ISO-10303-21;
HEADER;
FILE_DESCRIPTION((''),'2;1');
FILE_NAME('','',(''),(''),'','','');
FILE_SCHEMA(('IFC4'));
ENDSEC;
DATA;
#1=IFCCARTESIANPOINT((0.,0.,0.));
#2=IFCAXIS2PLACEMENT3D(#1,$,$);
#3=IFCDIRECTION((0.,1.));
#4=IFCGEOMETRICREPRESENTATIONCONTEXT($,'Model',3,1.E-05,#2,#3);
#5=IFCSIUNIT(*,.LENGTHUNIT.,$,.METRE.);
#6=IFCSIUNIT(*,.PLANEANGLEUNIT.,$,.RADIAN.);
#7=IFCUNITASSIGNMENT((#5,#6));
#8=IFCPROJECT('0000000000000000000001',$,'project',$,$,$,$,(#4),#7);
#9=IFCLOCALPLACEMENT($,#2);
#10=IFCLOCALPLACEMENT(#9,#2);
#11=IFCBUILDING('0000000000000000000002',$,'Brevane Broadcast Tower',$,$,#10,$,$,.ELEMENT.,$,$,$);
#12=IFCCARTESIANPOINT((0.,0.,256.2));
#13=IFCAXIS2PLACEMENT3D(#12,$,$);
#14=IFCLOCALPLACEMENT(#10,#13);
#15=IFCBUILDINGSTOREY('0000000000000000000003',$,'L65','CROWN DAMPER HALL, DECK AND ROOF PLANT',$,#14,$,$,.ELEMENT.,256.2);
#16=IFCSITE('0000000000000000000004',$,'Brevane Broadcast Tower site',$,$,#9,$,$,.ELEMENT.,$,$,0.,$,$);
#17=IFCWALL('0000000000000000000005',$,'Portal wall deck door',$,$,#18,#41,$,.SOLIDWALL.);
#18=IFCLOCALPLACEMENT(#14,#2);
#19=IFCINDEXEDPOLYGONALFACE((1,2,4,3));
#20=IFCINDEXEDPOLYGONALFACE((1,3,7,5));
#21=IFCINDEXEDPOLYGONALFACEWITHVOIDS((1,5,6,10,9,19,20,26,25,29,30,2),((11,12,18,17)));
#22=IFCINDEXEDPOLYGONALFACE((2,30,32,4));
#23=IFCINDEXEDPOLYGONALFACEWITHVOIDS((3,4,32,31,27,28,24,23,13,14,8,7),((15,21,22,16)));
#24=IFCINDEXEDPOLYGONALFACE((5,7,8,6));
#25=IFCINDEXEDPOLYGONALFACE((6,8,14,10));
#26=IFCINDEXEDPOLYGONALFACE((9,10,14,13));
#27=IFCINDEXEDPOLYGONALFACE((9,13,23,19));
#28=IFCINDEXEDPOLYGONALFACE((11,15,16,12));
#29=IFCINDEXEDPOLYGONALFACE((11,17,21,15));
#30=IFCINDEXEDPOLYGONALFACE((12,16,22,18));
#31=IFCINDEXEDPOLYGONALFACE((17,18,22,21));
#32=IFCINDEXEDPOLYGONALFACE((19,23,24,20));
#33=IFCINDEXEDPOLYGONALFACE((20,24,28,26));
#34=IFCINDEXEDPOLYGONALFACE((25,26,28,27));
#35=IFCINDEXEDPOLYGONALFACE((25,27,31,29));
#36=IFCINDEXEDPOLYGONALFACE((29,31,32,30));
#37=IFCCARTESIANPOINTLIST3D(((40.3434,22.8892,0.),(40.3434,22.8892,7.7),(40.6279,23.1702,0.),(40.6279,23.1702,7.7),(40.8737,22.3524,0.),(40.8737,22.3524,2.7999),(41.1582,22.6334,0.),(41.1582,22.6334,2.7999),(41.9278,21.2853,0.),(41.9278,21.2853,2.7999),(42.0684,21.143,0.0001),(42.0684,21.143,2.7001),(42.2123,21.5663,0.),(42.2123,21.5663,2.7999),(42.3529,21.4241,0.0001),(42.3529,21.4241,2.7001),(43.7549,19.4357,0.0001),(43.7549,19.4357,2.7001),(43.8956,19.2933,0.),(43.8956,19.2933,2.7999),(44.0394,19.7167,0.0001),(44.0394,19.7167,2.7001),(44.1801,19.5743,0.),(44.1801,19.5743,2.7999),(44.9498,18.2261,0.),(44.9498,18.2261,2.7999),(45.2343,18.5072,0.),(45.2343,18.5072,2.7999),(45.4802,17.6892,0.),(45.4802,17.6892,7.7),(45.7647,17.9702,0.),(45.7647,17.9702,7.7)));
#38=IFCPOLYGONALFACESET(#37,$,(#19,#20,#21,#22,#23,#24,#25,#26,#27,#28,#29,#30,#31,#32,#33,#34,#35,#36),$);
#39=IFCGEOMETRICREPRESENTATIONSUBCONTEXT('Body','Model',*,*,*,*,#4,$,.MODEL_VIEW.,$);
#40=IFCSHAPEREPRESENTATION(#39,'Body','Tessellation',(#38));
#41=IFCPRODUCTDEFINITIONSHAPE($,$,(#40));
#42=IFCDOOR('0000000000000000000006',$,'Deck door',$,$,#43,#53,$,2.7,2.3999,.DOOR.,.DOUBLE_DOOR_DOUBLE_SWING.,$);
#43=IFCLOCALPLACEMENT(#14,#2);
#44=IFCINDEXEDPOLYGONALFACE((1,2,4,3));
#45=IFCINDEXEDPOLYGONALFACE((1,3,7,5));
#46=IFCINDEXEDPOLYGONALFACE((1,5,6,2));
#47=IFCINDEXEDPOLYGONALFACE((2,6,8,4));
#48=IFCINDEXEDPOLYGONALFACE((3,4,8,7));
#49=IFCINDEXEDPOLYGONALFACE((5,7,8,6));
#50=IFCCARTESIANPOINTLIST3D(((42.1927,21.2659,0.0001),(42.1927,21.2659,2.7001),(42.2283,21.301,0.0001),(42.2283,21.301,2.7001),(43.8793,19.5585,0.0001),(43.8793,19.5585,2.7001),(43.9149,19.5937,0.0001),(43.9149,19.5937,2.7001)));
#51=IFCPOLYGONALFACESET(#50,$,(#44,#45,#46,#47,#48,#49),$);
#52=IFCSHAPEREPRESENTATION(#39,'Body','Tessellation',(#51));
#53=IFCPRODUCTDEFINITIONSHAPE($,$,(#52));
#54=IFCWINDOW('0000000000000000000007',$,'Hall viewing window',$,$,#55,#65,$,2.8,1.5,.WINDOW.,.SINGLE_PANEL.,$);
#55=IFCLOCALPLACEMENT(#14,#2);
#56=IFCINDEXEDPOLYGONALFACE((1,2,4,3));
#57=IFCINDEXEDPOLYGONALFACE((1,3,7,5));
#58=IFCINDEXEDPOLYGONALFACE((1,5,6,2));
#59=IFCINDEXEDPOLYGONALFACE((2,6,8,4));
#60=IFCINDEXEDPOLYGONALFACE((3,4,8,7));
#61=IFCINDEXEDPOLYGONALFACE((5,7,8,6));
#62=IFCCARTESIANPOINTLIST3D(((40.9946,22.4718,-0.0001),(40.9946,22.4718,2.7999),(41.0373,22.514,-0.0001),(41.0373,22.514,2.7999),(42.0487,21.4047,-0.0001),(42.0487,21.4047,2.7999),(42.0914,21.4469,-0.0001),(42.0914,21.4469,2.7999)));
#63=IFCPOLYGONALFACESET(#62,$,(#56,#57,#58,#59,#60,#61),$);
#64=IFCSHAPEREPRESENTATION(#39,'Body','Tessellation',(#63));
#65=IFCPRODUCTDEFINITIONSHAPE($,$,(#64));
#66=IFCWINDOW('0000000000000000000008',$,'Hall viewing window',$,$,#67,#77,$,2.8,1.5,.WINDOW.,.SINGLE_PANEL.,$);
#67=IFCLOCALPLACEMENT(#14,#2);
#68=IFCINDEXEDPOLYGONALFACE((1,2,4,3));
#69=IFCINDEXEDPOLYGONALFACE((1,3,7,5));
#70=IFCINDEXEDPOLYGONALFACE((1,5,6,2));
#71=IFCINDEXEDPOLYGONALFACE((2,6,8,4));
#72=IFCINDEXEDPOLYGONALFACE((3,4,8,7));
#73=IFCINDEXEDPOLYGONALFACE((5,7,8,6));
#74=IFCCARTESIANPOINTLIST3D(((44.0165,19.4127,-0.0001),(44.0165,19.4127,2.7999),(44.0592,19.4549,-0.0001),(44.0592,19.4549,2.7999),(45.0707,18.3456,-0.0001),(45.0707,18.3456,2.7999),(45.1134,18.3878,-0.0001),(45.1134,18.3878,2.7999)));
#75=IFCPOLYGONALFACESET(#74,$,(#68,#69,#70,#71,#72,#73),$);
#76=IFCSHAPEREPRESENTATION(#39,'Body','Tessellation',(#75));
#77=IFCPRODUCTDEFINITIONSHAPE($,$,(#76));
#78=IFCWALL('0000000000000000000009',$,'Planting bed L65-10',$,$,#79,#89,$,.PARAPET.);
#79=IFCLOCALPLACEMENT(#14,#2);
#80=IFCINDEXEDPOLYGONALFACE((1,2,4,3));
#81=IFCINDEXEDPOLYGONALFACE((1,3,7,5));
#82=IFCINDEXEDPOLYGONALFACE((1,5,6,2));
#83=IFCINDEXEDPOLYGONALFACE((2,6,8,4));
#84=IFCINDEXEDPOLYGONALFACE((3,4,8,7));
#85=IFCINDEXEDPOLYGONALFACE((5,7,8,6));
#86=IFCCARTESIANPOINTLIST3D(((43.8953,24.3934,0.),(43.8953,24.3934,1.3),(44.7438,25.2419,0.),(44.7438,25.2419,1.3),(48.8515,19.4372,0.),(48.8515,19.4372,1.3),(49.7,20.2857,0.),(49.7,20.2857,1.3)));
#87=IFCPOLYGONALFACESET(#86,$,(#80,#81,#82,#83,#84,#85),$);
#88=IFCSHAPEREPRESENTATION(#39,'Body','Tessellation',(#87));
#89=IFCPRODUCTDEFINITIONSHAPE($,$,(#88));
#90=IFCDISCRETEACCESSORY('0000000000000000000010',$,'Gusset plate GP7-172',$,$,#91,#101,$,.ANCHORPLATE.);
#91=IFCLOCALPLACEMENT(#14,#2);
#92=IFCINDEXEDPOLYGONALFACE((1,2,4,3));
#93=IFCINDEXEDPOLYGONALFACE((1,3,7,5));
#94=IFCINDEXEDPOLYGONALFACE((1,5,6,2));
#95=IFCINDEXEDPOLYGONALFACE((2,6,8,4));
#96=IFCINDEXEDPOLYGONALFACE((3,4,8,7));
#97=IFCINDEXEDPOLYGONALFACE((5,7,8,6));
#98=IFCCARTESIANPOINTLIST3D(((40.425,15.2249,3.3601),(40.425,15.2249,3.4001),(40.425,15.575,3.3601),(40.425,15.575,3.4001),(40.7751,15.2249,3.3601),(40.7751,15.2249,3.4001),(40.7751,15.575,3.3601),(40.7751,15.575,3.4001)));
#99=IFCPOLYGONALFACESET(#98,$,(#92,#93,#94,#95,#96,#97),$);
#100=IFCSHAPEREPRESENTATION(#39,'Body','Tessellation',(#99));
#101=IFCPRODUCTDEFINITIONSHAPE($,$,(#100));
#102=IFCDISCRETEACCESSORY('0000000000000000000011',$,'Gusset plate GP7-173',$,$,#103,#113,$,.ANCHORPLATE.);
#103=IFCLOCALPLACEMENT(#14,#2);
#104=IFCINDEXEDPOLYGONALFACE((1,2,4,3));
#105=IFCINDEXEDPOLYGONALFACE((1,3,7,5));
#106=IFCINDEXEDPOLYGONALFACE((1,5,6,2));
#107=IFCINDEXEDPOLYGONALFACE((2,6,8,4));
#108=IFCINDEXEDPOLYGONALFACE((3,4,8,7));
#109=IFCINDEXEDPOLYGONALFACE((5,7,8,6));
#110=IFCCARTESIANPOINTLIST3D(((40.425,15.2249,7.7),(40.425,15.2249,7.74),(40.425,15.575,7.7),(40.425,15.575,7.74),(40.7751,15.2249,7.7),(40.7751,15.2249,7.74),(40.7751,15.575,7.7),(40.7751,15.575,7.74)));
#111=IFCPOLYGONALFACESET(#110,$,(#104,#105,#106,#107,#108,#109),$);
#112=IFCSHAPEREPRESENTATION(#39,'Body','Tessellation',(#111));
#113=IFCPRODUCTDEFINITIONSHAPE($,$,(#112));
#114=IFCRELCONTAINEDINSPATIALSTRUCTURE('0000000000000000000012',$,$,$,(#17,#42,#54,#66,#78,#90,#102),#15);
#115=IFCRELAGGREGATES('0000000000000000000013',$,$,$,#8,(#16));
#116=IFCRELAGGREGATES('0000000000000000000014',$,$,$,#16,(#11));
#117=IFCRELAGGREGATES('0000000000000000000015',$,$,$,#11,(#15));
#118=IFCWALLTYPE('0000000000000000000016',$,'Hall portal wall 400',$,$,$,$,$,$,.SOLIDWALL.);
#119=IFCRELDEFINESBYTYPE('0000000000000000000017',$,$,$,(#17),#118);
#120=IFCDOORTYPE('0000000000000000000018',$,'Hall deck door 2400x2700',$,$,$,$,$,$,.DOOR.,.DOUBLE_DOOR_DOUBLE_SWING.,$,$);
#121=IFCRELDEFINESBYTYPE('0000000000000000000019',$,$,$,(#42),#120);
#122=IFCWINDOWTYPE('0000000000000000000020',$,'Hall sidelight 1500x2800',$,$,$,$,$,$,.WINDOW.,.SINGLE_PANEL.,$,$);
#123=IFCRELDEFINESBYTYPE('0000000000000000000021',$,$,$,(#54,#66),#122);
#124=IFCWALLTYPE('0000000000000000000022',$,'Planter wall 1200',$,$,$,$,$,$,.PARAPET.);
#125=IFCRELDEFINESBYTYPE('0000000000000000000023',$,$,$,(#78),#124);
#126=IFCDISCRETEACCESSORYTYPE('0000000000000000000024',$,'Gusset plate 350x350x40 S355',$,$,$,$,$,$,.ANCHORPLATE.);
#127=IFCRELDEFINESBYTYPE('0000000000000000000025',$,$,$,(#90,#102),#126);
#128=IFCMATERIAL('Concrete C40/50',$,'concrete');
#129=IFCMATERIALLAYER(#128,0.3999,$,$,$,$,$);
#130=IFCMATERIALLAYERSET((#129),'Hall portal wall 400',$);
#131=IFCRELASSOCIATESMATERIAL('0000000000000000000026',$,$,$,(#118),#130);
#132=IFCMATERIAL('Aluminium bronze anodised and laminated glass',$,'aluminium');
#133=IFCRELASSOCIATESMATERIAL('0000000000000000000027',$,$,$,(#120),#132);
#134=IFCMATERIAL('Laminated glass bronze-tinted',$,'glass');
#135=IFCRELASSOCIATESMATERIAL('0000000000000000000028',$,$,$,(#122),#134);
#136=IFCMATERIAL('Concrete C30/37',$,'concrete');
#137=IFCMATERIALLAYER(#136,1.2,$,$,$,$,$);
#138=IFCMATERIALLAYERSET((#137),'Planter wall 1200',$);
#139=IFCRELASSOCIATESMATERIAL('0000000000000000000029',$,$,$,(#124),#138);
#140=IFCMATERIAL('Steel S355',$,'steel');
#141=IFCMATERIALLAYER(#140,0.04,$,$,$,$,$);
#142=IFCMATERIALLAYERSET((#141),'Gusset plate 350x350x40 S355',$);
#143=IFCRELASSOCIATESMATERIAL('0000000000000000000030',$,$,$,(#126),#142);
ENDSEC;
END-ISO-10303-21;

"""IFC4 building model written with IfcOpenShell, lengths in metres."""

from ifc_helpers import new_model, si_unit, direction, frame, frame_2d, origin, origin_2d, place, context, subcontext, project, spatial, rectangle, extrude, material, layer, layer_set, type_object, element, fill, save


model = new_model("IFC4")

# Units and contexts
model_context = context("Model", 3, precision=1e-05, world=origin(), true_north=direction((0.0, 1.0)))
body_context = subcontext(model_context, "Body", "Model", "MODEL_VIEW")
ifc_project = project(units=[si_unit("LENGTHUNIT", "METRE"), si_unit("PLANEANGLEUNIT", "RADIAN")], contexts=[model_context])

# Site, building, storey
site_placement = place(None, origin())
site = spatial("IfcSite", under=ifc_project, at=site_placement, Name="Brevane Broadcast Tower site", CompositionType="ELEMENT", RefElevation=0.0)
building_placement = place(site_placement, origin())
building = spatial("IfcBuilding", under=site, at=building_placement, Name="Brevane Broadcast Tower", CompositionType="ELEMENT")
storey_placement = place(building_placement, frame((0.0, 0.0, 256.2)))
storey = spatial("IfcBuildingStorey", under=building, at=storey_placement, Name="L65", Description="CROWN DAMPER HALL, DECK AND ROOF PLANT", CompositionType="ELEMENT", Elevation=256.2)

# Shared definitions
ifc_material_1 = material(Name="Steel S355", Category="steel")

# Shared definitions
ifc_material_2 = material(Name="Laminated glass bronze-tinted", Category="glass")

# Wall, openings, door, windows
ifc_material_3 = material(Name="Concrete C40/50", Category="concrete")
ifc_layer_1 = layer(ifc_material_3, 0.3999)
ifc_layer_set_1 = layer_set([ifc_layer_1], Name="Hall portal wall 400")
wall_type_1 = type_object("IfcWallType", Name="Hall portal wall 400", PredefinedType="SOLIDWALL", material=ifc_layer_set_1)
wall_1_placement = place(storey_placement, frame((40.4856, 23.0298, 0.0), z_axis=(0.0, 0.0, 1.0), x_axis=(0.702768, -0.711419, 0.0)))
wall_1 = element("IfcWall", 1, at=wall_1_placement, inside=storey, type_object=wall_type_1, Name="Portal wall deck door", PredefinedType="SOLIDWALL", context=body_context, shape_type="SweptSolid", body=[
    extrude(rectangle(XDim=7.3093, YDim=0.3999, at=frame_2d((3.6548, 0.0))), origin(), (0.0, 0.0, 1.0), 7.7),
])
opening_1_placement = place(wall_1_placement, frame((2.4546, 0.0, 0.0)))
opening_1 = element("IfcOpeningElement", 2, at=opening_1_placement, cuts=wall_1, PredefinedType="OPENING", context=body_context, shape_type="SweptSolid", body=[
    extrude(rectangle(XDim=2.3999, YDim=2.7, at=frame_2d((1.2, 1.3501))), frame((0.0, 0.21, 0.0), z_axis=(0.0, -1.0, 0.0), x_axis=(1.0, 0.0, 0.0)), (0.0, 0.0, 1.0), 0.4199),
])
opening_2_placement = place(wall_1_placement, frame((0.7546, 0.0, 0.0)))
opening_2 = element("IfcOpeningElement", 3, at=opening_2_placement, cuts=wall_1, PredefinedType="OPENING", context=body_context, shape_type="SweptSolid", body=[
    extrude(rectangle(XDim=1.5, YDim=2.8, at=frame_2d((0.75, 1.3999))), frame((0.0, 0.21, 0.0), z_axis=(0.0, -1.0, 0.0), x_axis=(1.0, 0.0, 0.0)), (0.0, 0.0, 1.0), 0.4199),
])
opening_3_placement = place(wall_1_placement, frame((5.0547, 0.0, 0.0)))
opening_3 = element("IfcOpeningElement", 4, at=opening_3_placement, cuts=wall_1, PredefinedType="OPENING", context=body_context, shape_type="SweptSolid", body=[
    extrude(rectangle(XDim=1.5, YDim=2.8, at=frame_2d((0.75, 1.3999))), frame((0.0, 0.21, 0.0), z_axis=(0.0, -1.0, 0.0), x_axis=(1.0, 0.0, 0.0)), (0.0, 0.0, 1.0), 0.4199),
])
ifc_material_4 = material(Name="Aluminium bronze anodised and laminated glass", Category="aluminium")
door_type = type_object("IfcDoorType", Name="Hall deck door 2400x2700", OperationType="DOUBLE_DOOR_DOUBLE_SWING", PredefinedType="DOOR", material=ifc_material_4)
door_placement = place(opening_1_placement, origin())
door = element("IfcDoor", 5, at=door_placement, inside=storey, type_object=door_type, Name="Deck door", OperationType="DOUBLE_DOOR_DOUBLE_SWING", OverallHeight=2.7, OverallWidth=2.3999, PredefinedType="DOOR", context=body_context, shape_type="SweptSolid", body=[
    extrude(rectangle(XDim=2.3999, YDim=2.7, at=frame_2d((1.2, 1.3501))), frame((0.0, 0.0249, 0.0), z_axis=(0.0, -1.0, 0.0), x_axis=(1.0, 0.0, 0.0)), (0.0, 0.0, 1.0), 0.05),
])
fill(opening_1, door)
window_type = type_object("IfcWindowType", Name="Hall sidelight 1500x2800", PartitioningType="SINGLE_PANEL", PredefinedType="WINDOW", material=ifc_material_2)
window_1_placement = place(opening_2_placement, origin())
window_1 = element("IfcWindow", 6, at=window_1_placement, inside=storey, type_object=window_type, Name="Hall viewing window", OverallHeight=2.8, OverallWidth=1.5, PartitioningType="SINGLE_PANEL", PredefinedType="WINDOW", context=body_context, shape_type="SweptSolid", body=[
    extrude(rectangle(XDim=1.5, YDim=2.8, at=frame_2d((0.75, 1.3999))), frame((0.0, 0.03, 0.0), z_axis=(0.0, -1.0, 0.0), x_axis=(1.0, 0.0, 0.0)), (0.0, 0.0, 1.0), 0.0601),
])
fill(opening_2, window_1)
window_2_placement = place(opening_3_placement, origin())
window_2 = element("IfcWindow", 7, at=window_2_placement, inside=storey, type_object=window_type, Name="Hall viewing window", OverallHeight=2.8, OverallWidth=1.5, PartitioningType="SINGLE_PANEL", PredefinedType="WINDOW", context=body_context, shape_type="SweptSolid", body=[
    extrude(rectangle(XDim=1.5, YDim=2.8, at=frame_2d((0.75, 1.3999))), frame((0.0, 0.03, 0.0), z_axis=(0.0, -1.0, 0.0), x_axis=(1.0, 0.0, 0.0)), (0.0, 0.0, 1.0), 0.0601),
])
fill(opening_3, window_2)

# Wall
ifc_material_5 = material(Name="Concrete C30/37", Category="concrete")
ifc_layer_2 = layer(ifc_material_5, 1.2)
ifc_layer_set_2 = layer_set([ifc_layer_2], Name="Planter wall 1200")
wall_type_2 = type_object("IfcWallType", Name="Planter wall 1200", PredefinedType="PARAPET", material=ifc_layer_set_2)
wall_2_placement = place(storey_placement, frame((49.2756, 19.8616, 0.0), z_axis=(0.0, 0.0, 1.0), x_axis=(-0.707107, 0.707107, 0.0)))
element("IfcWall", 8, at=wall_2_placement, inside=storey, type_object=wall_type_2, Name="Planting bed L65-10", PredefinedType="PARAPET", context=body_context, shape_type="SweptSolid", body=[
    extrude(rectangle(XDim=7.009, YDim=1.2, at=frame_2d((3.5044, 0.0))), origin(), (0.0, 0.0, 1.0), 1.3),
])

# Discrete accessories
ifc_layer_3 = layer(ifc_material_1, 0.04)
ifc_layer_set_3 = layer_set([ifc_layer_3], Name="Gusset plate 350x350x40 S355")
discrete_accessory_type = type_object("IfcDiscreteAccessoryType", Name="Gusset plate 350x350x40 S355", PredefinedType="ANCHORPLATE", material=ifc_layer_set_3)
for number, where, z_axis, x_axis, name in (
    (9, (40.6001, 15.3999, 3.3601), (0.0, 0.0, 1.0), (1.0, 0.0, 0.0), "Gusset plate GP7-172"),
    (10, (40.6001, 15.3999, 7.7), (0.0, 0.0, 1.0), (1.0, 0.0, 0.0), "Gusset plate GP7-173"),
):
    element("IfcDiscreteAccessory", number, at=place(storey_placement, frame(where, z_axis=z_axis, x_axis=x_axis)), inside=storey, type_object=discrete_accessory_type, Name=name, PredefinedType="ANCHORPLATE", context=body_context, shape_type="SweptSolid", body=[
        extrude(rectangle(XDim=0.3501, YDim=0.3501, at=origin_2d()), origin(), (0.0, 0.0, 1.0), 0.04),
    ])

save(model, "model.ifc")
